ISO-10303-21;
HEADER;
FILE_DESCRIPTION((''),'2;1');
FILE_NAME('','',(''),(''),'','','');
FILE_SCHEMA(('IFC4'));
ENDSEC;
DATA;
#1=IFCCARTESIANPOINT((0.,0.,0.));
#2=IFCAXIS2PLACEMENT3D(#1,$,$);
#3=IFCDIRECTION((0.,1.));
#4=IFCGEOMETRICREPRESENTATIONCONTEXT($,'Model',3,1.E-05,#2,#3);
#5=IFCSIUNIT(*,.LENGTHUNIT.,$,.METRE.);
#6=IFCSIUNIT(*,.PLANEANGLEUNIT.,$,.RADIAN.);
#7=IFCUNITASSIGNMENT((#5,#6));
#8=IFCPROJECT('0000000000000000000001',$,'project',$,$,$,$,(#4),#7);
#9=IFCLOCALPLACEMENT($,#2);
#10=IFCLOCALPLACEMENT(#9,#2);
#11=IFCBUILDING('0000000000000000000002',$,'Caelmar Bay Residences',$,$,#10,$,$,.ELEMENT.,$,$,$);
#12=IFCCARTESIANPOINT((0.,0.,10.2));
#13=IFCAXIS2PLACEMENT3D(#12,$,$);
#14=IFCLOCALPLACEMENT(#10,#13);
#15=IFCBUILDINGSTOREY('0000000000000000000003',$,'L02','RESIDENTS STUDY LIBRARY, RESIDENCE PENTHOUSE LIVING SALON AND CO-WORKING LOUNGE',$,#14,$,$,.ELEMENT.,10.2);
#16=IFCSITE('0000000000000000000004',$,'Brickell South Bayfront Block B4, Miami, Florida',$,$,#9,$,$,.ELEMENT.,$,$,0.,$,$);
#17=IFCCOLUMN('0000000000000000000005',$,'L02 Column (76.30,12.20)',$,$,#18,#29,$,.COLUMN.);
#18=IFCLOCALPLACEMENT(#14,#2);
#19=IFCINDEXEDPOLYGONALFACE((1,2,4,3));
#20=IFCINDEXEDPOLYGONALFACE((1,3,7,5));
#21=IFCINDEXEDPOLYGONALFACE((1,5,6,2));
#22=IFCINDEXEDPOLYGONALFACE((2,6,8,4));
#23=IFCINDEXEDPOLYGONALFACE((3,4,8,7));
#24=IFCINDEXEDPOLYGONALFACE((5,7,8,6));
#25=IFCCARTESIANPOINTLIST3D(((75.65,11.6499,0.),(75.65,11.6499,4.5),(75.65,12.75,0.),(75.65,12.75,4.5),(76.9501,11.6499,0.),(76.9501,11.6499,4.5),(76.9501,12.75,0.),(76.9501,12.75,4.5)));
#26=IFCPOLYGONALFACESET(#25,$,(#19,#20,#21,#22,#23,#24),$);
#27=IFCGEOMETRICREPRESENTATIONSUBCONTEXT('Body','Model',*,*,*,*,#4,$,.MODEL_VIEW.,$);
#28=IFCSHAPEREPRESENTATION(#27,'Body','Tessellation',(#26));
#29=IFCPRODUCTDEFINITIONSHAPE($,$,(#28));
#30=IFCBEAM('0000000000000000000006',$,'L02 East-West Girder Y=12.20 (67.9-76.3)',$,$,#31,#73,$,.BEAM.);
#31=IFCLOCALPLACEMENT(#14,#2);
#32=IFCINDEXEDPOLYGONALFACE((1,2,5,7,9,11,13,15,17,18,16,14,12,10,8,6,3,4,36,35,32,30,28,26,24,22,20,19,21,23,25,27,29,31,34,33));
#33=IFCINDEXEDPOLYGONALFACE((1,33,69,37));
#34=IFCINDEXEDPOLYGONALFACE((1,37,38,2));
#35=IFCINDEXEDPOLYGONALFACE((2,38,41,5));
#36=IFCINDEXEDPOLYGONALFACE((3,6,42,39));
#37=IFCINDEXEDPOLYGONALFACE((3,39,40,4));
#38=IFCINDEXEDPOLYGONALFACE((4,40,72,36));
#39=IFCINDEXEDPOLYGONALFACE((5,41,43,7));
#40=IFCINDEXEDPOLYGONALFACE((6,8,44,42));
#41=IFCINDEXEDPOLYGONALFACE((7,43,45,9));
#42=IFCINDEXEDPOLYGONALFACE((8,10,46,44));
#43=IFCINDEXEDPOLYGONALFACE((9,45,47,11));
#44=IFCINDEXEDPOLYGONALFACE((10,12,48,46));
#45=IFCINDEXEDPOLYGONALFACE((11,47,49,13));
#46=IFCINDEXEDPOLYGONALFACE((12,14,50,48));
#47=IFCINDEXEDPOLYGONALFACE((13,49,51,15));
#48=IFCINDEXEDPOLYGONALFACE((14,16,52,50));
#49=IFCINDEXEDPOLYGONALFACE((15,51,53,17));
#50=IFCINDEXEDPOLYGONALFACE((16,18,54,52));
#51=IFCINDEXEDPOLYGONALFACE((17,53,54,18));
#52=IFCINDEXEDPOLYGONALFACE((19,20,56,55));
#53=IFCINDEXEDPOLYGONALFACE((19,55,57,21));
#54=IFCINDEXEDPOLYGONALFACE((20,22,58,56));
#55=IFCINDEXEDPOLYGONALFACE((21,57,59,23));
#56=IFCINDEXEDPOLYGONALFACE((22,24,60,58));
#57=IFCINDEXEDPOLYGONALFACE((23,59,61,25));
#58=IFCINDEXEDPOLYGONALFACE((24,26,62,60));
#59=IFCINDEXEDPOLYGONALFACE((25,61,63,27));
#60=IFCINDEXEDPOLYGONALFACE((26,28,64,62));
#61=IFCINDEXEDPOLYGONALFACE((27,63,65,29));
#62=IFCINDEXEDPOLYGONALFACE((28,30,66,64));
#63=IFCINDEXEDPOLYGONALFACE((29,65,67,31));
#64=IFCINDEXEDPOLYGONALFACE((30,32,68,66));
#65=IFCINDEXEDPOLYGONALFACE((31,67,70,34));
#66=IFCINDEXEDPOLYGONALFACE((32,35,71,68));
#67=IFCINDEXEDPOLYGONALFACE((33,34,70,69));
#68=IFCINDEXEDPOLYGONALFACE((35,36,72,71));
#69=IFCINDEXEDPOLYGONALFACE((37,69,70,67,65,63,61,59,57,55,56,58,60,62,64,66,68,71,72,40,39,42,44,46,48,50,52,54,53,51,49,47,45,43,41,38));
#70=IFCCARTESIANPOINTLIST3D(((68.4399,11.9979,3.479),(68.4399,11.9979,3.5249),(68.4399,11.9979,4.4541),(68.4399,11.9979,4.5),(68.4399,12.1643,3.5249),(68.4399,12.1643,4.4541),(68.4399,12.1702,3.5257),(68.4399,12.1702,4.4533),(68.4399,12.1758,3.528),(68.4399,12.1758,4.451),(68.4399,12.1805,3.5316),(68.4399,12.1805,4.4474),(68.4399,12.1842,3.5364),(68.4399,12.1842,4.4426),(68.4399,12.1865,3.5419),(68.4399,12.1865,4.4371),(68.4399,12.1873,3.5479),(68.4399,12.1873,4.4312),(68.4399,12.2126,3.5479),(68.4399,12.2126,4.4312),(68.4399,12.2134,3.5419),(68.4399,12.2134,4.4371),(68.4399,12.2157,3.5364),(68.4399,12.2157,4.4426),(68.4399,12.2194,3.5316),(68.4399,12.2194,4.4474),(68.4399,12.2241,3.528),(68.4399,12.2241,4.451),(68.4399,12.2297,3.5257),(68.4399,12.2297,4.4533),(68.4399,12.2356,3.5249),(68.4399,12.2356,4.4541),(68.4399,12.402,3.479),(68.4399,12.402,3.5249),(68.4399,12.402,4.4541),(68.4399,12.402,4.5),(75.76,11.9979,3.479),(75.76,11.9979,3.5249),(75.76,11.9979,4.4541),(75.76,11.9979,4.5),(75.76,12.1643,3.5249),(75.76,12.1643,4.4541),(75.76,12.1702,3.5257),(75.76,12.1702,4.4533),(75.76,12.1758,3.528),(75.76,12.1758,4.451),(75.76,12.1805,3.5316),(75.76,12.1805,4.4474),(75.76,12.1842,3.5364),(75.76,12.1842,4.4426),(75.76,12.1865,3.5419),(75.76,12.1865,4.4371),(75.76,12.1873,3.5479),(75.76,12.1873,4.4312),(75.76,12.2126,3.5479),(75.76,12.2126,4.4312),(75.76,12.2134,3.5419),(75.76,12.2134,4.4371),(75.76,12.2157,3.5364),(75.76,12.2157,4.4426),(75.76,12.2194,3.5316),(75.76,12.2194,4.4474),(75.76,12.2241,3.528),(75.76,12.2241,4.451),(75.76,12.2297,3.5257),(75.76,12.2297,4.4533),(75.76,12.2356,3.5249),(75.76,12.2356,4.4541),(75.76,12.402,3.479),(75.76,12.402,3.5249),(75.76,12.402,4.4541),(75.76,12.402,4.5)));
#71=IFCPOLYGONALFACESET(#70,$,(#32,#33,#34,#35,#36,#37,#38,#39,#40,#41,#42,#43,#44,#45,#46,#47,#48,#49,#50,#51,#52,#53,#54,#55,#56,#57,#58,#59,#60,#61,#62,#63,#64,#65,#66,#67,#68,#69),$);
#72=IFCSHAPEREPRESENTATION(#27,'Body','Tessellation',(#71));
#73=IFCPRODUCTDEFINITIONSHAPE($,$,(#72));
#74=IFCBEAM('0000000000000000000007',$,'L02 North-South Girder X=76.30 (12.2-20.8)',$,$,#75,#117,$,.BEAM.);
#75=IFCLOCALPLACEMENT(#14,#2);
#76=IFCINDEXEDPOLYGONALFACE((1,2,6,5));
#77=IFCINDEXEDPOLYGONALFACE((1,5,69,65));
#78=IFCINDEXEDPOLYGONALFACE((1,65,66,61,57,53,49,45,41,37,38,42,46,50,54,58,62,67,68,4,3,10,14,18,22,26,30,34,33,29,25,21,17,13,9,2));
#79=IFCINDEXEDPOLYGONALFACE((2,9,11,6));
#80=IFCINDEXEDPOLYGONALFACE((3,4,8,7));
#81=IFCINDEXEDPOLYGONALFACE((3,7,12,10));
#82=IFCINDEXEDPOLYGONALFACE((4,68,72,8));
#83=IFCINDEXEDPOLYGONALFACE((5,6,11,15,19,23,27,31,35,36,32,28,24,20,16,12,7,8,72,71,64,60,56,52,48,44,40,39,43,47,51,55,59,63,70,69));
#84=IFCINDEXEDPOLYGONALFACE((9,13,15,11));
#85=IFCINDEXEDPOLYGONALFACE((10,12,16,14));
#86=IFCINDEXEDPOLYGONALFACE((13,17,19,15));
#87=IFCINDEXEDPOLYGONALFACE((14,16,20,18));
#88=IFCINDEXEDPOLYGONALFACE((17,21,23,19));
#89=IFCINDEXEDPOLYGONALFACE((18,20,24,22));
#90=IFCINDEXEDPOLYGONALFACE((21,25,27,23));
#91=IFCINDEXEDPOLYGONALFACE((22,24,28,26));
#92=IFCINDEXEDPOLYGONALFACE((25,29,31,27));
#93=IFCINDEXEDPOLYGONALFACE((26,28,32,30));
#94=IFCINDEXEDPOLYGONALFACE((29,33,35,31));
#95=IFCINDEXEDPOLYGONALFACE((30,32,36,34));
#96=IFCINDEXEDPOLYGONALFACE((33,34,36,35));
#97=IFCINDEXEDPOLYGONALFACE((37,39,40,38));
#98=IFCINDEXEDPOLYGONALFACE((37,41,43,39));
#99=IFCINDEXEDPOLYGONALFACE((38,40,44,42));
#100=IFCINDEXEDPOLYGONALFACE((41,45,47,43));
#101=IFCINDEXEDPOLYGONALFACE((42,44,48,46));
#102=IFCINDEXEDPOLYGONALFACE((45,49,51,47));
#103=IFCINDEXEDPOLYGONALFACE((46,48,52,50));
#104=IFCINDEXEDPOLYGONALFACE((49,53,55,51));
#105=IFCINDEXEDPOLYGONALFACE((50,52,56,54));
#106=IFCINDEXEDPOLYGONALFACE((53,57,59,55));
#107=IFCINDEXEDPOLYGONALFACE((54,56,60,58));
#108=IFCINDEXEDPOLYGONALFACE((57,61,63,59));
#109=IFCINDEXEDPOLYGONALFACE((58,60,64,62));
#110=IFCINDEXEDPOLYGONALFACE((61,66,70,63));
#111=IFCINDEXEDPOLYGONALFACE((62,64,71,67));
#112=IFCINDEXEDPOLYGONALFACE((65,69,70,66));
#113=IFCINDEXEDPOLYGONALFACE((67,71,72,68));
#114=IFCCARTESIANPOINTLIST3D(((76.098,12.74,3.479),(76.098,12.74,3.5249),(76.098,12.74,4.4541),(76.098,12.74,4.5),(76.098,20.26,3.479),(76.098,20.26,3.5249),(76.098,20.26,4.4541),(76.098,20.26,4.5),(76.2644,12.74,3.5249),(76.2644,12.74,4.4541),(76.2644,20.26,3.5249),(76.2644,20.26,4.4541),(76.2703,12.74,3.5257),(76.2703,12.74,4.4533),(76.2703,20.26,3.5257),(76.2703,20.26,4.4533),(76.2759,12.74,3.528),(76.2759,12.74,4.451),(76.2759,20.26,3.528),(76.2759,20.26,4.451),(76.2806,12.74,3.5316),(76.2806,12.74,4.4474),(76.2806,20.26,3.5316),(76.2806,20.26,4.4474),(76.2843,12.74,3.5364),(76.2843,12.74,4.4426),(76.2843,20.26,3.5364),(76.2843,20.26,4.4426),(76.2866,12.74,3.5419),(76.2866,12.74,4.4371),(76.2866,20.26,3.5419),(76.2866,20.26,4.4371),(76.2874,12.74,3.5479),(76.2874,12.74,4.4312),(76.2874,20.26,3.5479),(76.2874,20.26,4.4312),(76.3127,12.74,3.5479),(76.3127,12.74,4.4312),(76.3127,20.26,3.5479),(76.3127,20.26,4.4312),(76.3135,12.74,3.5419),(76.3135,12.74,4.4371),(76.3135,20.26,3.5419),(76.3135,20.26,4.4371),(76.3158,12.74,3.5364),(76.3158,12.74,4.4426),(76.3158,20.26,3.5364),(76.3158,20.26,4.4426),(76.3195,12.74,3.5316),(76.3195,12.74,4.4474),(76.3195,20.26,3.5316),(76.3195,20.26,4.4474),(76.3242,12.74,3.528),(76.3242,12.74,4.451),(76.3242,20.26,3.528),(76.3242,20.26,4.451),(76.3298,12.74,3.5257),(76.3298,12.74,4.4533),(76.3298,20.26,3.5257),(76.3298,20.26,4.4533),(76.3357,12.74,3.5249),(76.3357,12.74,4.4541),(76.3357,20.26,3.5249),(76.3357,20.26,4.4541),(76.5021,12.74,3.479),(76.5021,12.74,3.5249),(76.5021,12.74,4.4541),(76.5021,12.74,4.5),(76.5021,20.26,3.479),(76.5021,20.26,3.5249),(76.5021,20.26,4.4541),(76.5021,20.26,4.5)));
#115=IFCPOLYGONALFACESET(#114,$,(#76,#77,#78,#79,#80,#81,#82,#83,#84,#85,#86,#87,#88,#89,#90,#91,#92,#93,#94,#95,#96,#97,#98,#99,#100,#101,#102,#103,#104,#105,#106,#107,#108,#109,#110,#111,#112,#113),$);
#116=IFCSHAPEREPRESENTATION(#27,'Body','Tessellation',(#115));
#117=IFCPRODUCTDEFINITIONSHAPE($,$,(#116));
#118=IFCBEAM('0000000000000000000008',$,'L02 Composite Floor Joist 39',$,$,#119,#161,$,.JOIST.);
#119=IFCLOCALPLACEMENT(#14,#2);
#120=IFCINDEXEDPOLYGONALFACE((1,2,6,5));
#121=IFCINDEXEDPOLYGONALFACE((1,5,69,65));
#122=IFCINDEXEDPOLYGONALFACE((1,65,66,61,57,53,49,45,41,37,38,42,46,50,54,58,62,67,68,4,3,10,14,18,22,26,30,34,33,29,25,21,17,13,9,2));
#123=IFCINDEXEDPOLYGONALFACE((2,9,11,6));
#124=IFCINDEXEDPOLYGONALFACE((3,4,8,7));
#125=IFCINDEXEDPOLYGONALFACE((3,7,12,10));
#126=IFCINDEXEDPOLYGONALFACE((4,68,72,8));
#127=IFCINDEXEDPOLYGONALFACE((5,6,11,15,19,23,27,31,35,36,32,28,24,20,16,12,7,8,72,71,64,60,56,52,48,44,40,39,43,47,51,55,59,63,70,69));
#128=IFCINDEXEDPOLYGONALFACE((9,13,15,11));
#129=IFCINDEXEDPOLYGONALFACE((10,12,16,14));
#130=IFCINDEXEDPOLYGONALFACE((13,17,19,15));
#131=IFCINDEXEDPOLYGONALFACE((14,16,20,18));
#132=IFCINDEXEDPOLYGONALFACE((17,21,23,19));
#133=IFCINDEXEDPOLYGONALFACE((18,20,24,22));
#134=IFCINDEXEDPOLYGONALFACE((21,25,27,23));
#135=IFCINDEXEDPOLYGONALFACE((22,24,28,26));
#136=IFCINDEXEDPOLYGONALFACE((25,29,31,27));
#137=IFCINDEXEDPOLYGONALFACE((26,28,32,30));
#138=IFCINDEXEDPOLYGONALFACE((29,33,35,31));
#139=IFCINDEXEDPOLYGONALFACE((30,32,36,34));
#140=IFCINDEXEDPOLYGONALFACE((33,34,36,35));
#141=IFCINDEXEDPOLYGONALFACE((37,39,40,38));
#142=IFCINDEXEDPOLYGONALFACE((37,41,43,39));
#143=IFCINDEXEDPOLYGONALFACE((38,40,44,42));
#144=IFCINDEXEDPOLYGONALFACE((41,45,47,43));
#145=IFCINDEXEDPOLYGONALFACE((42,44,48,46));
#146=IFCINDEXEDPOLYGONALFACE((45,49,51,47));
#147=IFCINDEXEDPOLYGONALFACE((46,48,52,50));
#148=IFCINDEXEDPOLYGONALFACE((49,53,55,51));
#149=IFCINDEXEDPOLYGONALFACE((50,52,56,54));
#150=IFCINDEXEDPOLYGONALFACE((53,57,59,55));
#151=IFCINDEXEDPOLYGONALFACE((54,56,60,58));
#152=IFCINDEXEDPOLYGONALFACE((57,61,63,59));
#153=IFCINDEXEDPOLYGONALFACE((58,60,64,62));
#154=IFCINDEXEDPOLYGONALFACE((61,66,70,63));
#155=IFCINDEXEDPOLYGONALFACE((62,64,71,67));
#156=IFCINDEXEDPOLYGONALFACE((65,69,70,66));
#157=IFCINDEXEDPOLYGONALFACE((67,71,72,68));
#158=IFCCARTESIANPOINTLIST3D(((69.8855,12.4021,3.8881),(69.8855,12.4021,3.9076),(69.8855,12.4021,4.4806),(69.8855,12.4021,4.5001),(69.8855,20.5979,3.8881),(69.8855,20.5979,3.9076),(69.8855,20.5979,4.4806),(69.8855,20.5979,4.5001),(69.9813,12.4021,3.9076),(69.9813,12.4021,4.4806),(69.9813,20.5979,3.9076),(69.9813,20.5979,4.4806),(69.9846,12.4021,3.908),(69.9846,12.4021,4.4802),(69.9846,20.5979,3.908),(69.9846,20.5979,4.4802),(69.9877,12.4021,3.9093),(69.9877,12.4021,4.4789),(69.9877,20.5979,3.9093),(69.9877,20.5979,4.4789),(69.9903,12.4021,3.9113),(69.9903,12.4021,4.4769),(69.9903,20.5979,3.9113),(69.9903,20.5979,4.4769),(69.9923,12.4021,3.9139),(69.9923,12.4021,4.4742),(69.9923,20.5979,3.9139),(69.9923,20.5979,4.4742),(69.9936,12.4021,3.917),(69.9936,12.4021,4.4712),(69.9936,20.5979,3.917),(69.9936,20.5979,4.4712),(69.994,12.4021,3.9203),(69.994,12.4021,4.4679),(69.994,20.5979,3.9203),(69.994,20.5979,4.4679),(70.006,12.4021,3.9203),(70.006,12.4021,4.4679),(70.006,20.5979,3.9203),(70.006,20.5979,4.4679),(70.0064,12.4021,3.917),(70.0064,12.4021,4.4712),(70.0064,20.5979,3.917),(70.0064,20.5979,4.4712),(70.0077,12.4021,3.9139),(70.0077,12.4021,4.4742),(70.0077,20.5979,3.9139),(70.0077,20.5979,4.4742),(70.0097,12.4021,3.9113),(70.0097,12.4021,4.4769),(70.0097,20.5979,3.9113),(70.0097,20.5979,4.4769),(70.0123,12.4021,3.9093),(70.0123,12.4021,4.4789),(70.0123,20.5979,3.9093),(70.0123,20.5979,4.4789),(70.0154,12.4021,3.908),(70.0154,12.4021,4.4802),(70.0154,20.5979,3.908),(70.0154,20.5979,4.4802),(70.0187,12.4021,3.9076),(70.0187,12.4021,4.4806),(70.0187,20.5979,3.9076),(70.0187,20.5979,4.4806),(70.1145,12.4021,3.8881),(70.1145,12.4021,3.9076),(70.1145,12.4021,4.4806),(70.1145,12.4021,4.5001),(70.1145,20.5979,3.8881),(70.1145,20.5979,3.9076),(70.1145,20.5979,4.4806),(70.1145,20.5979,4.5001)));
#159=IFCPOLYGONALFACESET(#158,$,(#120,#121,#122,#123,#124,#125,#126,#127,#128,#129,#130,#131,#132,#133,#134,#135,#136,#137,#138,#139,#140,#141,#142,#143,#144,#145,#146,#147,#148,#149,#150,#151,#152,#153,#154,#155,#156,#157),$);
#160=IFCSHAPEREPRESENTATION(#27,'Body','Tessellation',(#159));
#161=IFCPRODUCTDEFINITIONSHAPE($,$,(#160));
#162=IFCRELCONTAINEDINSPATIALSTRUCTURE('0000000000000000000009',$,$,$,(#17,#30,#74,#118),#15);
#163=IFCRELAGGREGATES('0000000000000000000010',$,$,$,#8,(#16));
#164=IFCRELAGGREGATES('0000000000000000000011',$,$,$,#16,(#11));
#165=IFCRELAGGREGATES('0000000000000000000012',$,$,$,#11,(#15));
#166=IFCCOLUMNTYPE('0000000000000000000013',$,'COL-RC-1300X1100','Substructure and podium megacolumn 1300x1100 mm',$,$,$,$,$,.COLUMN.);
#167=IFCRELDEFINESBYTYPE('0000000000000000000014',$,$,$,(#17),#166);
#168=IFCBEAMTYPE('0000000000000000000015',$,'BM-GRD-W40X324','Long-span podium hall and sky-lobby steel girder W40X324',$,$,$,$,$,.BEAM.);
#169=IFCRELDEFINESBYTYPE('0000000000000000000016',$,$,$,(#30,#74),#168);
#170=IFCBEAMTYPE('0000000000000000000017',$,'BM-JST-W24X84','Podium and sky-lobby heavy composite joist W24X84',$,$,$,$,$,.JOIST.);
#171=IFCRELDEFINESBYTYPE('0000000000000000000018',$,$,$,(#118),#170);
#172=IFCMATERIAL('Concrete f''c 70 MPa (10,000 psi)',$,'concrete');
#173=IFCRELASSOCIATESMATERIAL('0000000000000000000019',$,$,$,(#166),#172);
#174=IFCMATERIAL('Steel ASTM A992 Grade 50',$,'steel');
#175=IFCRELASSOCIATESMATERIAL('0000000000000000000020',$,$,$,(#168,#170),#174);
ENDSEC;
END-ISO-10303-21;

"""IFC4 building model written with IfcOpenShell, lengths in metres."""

from ifc_helpers import new_model, si_unit, direction, frame, origin, origin_2d, place, context, subcontext, project, spatial, rectangle, i_section, extrude, material, material_profile, profile_set, type_object, element, save


model = new_model("IFC4")

# Units and contexts
model_context = context("Model", 3, precision=1e-05, world=origin(), true_north=direction((0.0, 1.0)))
body_context = subcontext(model_context, "Body", "Model", "MODEL_VIEW")
ifc_project = project(units=[si_unit("LENGTHUNIT", "METRE"), si_unit("PLANEANGLEUNIT", "RADIAN")], contexts=[model_context])

# Site, building, storey
site_placement = place(None, origin())
site = spatial("IfcSite", under=ifc_project, at=site_placement, Name="Brickell South Bayfront Block B4, Miami, Florida", CompositionType="ELEMENT", RefElevation=0.0)
building_placement = place(site_placement, origin())
building = spatial("IfcBuilding", under=site, at=building_placement, Name="Caelmar Bay Residences", CompositionType="ELEMENT")
storey_placement = place(building_placement, frame((0.0, 0.0, 10.2)))
storey = spatial("IfcBuildingStorey", under=building, at=storey_placement, Name="L02", Description="RESIDENTS STUDY LIBRARY, RESIDENCE PENTHOUSE LIVING SALON AND CO-WORKING LOUNGE", CompositionType="ELEMENT", Elevation=10.2)

# Column
ifc_material_1 = material(Name="Concrete f'c 70 MPa (10,000 psi)", Category="concrete")
ifc_material_profile_1 = material_profile(ifc_material_1, rectangle(XDim=1.3, YDim=1.1001, at=origin_2d()), Name="RC-COL-1300X1100")
ifc_profile_set_1 = profile_set([ifc_material_profile_1], Name="Concrete f'c 70 MPa (10,000 psi)")
column_type = type_object("IfcColumnType", Name="COL-RC-1300X1100", Description="Substructure and podium megacolumn 1300x1100 mm", PredefinedType="COLUMN", material=ifc_profile_set_1)
column_placement = place(storey_placement, frame((76.3, 12.2, 0.0), z_axis=(0.0, 0.0, 1.0), x_axis=(1.0, 0.0, 0.0)))
element("IfcColumn", 1, at=column_placement, inside=storey, type_object=column_type, Name="L02 Column (76.30,12.20)", PredefinedType="COLUMN", context=body_context, shape_type="SweptSolid", body=[
    extrude(rectangle(XDim=1.3, YDim=1.1001, at=origin_2d()), origin(), (0.0, 0.0, 1.0), 4.5),
])

# Beams
ifc_material_2 = material(Name="Steel ASTM A992 Grade 50", Category="steel")
ifc_material_profile_2 = material_profile(ifc_material_2, i_section(OverallWidth=0.4041, OverallDepth=1.021, WebThickness=0.0254, FlangeThickness=0.0459, FilletRadius=0.0229, at=origin_2d()), Name="W40X324")
ifc_profile_set_2 = profile_set([ifc_material_profile_2], Name="Steel ASTM A992 Grade 50")
beam_type_1 = type_object("IfcBeamType", Name="BM-GRD-W40X324", Description="Long-span podium hall and sky-lobby steel girder W40X324", PredefinedType="BEAM", material=ifc_profile_set_2)
beam_1_placement = place(storey_placement, frame((68.4399, 12.2, 3.9895), z_axis=(1.0, 0.0, 0.0), x_axis=(0.0, 1.0, 0.0)))
element("IfcBeam", 2, at=beam_1_placement, inside=storey, type_object=beam_type_1, Name="L02 East-West Girder Y=12.20 (67.9-76.3)", PredefinedType="BEAM", context=body_context, shape_type="SweptSolid", body=[
    extrude(i_section(OverallWidth=0.4041, OverallDepth=1.021, WebThickness=0.0254, FlangeThickness=0.0459, FilletRadius=0.0229, at=origin_2d()), origin(), (0.0, 0.0, 1.0), 7.3201),
])
beam_2_placement = place(storey_placement, frame((76.3, 12.74, 3.9895), z_axis=(0.0, 1.0, 0.0), x_axis=(-1.0, 0.0, 0.0)))
element("IfcBeam", 3, at=beam_2_placement, inside=storey, type_object=beam_type_1, Name="L02 North-South Girder X=76.30 (12.2-20.8)", PredefinedType="BEAM", context=body_context, shape_type="SweptSolid", body=[
    extrude(i_section(OverallWidth=0.4041, OverallDepth=1.021, WebThickness=0.0254, FlangeThickness=0.0459, FilletRadius=0.0229, at=origin_2d()), origin(), (0.0, 0.0, 1.0), 7.52),
])
ifc_material_profile_3 = material_profile(ifc_material_2, i_section(OverallWidth=0.229, OverallDepth=0.6121, WebThickness=0.012, FlangeThickness=0.0195, FilletRadius=0.0127, at=origin_2d()), Name="W24X84")
ifc_profile_set_3 = profile_set([ifc_material_profile_3], Name="Steel ASTM A992 Grade 50")
beam_type_2 = type_object("IfcBeamType", Name="BM-JST-W24X84", Description="Podium and sky-lobby heavy composite joist W24X84", PredefinedType="JOIST", material=ifc_profile_set_3)
for number, where, z_axis, x_axis, name in (
    (4, (70.0, 12.4021, 4.1941), (0.0, 1.0, 0.0), (-1.0, 0.0, 0.0), "L02 Composite Floor Joist 39"),
):
    element("IfcBeam", number, at=place(storey_placement, frame(where, z_axis=z_axis, x_axis=x_axis)), inside=storey, type_object=beam_type_2, Name=name, PredefinedType="JOIST", context=body_context, shape_type="SweptSolid", body=[
        extrude(i_section(OverallWidth=0.229, OverallDepth=0.6121, WebThickness=0.012, FlangeThickness=0.0195, FilletRadius=0.0127, at=origin_2d()), origin(), (0.0, 0.0, 1.0), 8.1958),
    ])

save(model, "model.ifc")
